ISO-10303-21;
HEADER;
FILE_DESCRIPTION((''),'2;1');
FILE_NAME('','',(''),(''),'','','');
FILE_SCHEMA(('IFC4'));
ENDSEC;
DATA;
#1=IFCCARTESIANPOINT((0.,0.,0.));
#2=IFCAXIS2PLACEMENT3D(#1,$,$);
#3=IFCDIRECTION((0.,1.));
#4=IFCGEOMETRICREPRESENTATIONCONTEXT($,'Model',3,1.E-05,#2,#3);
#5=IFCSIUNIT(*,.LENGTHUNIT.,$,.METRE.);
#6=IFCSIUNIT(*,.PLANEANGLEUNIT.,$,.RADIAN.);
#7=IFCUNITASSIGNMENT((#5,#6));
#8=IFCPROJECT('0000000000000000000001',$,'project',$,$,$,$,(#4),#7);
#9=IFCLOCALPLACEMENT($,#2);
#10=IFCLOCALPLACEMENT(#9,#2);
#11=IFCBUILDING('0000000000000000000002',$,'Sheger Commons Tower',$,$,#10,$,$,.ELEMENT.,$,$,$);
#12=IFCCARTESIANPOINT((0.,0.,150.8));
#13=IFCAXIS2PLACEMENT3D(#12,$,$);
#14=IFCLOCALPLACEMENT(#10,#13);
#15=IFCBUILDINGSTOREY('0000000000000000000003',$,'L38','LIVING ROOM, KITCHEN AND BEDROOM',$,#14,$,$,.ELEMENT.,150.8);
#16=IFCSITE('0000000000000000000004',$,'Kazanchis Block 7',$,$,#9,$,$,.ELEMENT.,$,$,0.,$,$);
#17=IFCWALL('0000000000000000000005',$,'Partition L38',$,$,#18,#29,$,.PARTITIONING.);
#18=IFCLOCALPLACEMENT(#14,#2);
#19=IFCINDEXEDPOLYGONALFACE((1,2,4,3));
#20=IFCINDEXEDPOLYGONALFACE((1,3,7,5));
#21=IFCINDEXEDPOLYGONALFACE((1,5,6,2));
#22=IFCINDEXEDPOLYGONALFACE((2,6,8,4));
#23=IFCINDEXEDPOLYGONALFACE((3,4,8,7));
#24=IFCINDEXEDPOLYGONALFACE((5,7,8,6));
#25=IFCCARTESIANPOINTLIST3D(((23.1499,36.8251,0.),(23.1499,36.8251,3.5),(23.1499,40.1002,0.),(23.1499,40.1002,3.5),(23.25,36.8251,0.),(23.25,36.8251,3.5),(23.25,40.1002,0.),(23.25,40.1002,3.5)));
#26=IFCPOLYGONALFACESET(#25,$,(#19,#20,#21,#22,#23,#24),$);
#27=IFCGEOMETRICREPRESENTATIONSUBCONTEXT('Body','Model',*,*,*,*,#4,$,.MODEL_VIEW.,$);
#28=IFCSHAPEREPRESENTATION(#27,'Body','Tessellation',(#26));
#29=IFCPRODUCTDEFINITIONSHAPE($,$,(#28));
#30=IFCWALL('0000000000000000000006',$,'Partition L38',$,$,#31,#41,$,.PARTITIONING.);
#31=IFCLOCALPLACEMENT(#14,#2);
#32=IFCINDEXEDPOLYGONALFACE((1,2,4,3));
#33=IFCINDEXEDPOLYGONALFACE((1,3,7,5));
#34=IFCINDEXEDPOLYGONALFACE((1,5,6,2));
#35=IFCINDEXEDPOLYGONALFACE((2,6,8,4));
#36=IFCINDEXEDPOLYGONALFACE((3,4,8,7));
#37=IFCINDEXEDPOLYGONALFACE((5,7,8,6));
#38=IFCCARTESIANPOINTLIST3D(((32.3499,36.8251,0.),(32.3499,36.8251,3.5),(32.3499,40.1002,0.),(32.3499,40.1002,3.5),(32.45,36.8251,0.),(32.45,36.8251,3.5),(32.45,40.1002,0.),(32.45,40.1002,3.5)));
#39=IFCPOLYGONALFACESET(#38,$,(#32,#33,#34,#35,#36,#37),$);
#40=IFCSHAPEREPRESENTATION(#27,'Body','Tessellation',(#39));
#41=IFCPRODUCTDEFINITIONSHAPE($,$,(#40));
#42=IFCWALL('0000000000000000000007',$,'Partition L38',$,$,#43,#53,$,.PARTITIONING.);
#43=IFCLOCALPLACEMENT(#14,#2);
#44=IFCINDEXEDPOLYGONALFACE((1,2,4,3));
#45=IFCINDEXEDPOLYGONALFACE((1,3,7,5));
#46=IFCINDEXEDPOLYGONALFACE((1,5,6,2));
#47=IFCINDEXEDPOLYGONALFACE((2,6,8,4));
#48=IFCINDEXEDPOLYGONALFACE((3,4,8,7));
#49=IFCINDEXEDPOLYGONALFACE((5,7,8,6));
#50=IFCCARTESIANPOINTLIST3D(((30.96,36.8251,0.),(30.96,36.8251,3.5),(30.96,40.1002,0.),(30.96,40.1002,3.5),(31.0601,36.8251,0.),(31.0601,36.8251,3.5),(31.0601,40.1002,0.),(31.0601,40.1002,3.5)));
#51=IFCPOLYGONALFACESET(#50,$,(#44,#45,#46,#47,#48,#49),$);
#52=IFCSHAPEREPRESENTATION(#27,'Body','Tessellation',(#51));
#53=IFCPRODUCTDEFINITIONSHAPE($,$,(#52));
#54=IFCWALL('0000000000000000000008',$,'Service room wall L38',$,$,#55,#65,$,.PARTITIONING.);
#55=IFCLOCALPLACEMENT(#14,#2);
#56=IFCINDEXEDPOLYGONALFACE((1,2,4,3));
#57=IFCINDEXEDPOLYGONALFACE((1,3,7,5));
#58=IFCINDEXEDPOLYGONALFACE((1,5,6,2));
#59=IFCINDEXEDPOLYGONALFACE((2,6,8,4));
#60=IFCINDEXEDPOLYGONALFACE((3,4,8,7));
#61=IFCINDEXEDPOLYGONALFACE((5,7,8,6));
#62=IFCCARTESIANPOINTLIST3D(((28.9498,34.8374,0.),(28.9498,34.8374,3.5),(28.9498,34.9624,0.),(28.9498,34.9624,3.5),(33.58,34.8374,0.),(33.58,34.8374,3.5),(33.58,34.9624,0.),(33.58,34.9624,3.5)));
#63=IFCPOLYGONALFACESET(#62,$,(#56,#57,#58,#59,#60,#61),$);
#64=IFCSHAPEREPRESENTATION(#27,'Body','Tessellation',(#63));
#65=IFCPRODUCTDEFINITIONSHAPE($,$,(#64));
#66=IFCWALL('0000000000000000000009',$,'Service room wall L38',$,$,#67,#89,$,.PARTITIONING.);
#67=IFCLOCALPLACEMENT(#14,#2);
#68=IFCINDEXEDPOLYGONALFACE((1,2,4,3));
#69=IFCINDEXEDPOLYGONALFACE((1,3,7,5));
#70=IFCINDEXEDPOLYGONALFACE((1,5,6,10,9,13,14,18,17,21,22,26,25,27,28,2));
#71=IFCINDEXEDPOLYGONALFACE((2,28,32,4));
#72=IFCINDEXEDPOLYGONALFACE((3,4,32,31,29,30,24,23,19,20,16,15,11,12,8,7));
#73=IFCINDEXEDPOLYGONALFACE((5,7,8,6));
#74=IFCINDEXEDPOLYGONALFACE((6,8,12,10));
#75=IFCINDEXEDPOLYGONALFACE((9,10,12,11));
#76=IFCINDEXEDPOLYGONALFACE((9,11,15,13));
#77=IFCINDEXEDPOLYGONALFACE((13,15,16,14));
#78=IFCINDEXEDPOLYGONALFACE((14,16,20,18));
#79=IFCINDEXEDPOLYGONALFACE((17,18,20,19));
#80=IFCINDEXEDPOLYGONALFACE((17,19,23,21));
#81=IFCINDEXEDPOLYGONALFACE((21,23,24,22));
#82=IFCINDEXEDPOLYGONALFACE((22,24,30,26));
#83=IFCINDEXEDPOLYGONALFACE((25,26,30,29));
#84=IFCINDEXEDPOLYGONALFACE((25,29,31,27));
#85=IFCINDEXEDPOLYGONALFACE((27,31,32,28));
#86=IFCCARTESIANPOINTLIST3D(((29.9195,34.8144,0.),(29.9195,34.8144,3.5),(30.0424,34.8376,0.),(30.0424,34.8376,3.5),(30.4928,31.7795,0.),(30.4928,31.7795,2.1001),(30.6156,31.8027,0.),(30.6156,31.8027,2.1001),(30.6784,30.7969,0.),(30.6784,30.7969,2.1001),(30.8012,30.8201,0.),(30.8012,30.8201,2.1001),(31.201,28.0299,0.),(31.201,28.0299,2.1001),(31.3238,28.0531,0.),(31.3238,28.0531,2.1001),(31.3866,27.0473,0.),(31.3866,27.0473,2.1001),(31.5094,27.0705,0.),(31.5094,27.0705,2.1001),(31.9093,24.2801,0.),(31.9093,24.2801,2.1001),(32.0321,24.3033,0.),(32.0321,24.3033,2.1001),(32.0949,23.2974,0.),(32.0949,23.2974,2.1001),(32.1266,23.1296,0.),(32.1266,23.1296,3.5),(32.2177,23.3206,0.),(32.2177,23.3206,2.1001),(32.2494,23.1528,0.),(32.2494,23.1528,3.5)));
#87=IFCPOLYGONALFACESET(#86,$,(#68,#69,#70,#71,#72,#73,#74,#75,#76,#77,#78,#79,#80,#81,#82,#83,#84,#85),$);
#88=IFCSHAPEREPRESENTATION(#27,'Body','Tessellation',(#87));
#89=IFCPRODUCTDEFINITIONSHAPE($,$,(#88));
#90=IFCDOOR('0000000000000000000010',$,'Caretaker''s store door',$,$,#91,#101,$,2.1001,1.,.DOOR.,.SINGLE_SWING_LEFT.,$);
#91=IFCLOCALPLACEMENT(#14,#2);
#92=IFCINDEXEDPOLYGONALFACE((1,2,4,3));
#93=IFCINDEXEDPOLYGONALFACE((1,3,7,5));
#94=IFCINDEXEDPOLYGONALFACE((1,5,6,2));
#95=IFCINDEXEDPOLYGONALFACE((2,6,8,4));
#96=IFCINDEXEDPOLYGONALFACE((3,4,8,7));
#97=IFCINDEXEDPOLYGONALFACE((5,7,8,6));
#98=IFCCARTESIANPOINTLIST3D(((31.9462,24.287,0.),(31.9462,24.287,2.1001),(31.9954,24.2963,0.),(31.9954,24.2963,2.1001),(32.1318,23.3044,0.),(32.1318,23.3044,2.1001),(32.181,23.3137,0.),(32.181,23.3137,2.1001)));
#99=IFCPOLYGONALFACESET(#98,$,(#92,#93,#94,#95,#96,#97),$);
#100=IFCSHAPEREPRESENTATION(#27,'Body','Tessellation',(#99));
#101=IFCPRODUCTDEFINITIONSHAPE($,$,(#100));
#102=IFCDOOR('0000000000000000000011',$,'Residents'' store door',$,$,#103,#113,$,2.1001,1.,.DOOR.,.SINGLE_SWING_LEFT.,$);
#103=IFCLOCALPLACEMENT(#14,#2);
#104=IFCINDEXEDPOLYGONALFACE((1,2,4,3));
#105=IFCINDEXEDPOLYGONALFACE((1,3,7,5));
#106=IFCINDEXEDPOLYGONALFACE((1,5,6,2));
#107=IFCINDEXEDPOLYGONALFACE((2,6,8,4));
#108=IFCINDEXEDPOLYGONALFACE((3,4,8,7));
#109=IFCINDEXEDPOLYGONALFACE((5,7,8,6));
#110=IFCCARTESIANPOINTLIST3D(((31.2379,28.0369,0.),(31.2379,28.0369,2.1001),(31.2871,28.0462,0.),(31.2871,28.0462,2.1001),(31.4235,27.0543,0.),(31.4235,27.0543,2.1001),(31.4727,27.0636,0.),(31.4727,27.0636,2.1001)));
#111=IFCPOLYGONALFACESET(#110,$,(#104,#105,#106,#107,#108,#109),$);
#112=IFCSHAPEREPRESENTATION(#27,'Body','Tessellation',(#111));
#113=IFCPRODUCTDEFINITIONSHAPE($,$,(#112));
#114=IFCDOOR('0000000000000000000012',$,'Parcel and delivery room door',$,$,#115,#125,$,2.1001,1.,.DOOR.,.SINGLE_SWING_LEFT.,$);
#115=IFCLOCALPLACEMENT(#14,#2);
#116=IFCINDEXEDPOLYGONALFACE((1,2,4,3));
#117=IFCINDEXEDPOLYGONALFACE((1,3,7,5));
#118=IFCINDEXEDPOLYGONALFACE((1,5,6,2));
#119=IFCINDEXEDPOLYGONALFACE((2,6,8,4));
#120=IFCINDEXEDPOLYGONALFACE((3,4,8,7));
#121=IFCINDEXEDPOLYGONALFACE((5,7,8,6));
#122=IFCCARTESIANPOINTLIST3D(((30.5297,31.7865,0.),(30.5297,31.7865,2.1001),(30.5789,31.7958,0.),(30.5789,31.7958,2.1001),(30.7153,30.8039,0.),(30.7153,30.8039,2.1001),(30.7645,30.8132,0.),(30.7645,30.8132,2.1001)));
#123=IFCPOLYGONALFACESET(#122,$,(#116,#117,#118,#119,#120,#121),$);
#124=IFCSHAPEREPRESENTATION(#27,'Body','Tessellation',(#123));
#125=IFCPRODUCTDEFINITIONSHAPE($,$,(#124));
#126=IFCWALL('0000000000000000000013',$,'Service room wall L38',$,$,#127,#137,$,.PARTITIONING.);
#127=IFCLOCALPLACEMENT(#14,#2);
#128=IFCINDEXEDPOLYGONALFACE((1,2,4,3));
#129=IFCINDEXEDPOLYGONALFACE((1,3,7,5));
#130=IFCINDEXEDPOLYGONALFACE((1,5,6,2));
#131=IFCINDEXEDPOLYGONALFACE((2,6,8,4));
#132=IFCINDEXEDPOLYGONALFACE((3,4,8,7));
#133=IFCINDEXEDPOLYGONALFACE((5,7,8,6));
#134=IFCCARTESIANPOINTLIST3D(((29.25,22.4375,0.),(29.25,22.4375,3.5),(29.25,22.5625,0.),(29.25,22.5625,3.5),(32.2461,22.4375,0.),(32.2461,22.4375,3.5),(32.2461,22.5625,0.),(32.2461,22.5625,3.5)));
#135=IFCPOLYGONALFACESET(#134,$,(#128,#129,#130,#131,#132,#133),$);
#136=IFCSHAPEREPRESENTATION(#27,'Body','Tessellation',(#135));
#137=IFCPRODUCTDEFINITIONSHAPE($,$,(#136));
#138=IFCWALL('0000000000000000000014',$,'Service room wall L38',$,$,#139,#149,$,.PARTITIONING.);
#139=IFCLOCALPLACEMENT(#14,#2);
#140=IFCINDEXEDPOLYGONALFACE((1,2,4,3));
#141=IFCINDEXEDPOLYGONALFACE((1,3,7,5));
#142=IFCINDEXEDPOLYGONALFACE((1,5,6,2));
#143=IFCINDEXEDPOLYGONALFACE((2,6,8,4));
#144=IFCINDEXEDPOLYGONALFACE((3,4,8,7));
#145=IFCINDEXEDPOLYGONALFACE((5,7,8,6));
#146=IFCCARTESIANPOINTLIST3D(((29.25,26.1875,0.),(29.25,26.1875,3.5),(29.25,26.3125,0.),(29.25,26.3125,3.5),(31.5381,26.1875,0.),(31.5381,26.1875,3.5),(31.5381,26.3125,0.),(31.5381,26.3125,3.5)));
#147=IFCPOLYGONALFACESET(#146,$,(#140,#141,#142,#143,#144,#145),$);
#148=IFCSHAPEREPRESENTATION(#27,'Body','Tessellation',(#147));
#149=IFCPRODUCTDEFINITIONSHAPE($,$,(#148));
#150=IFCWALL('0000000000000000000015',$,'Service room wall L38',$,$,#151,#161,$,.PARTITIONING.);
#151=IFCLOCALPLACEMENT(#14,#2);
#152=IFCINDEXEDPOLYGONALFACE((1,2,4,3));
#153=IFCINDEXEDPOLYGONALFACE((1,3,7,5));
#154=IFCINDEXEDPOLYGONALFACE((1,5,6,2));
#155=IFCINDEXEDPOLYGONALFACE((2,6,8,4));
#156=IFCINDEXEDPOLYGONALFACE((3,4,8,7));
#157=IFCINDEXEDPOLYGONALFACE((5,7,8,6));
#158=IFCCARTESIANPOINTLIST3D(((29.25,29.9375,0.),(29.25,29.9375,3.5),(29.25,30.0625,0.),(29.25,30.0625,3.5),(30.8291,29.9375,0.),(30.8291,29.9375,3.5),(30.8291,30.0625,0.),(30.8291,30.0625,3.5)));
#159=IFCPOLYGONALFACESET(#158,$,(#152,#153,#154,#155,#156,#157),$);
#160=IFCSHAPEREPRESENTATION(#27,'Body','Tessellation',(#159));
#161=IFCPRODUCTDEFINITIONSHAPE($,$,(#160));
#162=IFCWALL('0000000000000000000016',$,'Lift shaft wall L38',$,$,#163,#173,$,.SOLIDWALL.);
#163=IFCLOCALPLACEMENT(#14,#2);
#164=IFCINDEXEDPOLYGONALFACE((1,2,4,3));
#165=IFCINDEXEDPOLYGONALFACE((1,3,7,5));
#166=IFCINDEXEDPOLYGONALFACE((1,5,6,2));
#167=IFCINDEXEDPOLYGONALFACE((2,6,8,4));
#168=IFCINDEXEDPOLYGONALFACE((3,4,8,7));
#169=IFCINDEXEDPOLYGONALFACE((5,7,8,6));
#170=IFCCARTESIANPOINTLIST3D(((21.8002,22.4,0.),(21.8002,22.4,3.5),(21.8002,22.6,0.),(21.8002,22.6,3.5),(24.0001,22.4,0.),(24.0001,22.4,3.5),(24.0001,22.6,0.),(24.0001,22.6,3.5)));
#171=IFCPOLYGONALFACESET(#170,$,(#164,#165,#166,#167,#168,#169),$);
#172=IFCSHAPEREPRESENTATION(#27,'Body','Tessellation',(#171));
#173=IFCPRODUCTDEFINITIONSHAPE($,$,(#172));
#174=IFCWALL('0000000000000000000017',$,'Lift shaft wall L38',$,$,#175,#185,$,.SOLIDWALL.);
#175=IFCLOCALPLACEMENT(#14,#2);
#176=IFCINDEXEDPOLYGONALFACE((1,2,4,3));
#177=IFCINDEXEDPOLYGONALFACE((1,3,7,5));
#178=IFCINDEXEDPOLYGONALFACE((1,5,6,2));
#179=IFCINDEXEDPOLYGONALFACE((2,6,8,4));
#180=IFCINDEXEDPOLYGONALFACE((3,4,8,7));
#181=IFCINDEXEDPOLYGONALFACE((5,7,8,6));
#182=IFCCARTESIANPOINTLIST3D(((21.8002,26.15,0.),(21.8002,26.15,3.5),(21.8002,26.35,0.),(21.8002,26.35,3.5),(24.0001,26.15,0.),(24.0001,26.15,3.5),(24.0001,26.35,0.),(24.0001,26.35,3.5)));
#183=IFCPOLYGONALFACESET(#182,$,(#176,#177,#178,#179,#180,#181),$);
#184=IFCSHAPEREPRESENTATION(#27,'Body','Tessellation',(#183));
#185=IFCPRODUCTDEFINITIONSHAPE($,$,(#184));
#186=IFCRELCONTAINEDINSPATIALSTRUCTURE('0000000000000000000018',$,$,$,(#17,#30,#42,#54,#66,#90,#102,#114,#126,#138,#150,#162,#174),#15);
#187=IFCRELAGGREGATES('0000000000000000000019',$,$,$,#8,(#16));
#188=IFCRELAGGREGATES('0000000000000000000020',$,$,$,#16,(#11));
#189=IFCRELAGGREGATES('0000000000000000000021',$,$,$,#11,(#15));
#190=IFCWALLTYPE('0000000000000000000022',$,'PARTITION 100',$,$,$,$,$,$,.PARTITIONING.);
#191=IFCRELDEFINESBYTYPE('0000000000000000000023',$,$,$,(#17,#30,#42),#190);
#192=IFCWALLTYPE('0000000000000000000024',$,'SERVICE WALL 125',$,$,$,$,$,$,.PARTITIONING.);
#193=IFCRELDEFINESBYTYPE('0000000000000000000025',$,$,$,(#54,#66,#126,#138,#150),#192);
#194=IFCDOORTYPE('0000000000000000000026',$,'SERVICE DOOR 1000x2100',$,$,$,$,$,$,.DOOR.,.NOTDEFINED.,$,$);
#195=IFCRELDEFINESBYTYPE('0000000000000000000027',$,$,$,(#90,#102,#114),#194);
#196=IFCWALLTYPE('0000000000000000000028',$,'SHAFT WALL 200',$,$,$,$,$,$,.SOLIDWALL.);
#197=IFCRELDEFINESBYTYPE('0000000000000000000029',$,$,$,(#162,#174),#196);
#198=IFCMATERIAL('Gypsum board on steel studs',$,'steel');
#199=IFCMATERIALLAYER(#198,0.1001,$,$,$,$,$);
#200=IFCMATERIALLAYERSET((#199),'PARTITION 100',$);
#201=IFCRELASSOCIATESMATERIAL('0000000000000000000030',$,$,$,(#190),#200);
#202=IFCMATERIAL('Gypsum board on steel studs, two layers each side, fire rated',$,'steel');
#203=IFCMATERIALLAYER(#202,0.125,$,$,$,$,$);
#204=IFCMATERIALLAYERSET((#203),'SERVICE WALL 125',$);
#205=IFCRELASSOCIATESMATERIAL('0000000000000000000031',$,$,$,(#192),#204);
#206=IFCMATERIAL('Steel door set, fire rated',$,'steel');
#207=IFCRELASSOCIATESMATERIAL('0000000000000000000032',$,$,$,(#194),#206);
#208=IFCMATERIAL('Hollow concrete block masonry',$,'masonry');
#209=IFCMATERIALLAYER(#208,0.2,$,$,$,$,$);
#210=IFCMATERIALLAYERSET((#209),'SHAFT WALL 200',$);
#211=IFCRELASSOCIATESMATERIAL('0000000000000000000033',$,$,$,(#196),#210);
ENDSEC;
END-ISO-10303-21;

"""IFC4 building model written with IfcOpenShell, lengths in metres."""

from ifc_helpers import new_model, si_unit, direction, frame, frame_2d, origin, place, context, subcontext, project, spatial, rectangle, extrude, material, layer, layer_set, type_object, element, fill, save


model = new_model("IFC4")

# Units and contexts
model_context = context("Model", 3, precision=1e-05, world=origin(), true_north=direction((0.0, 1.0)))
body_context = subcontext(model_context, "Body", "Model", "MODEL_VIEW")
ifc_project = project(units=[si_unit("LENGTHUNIT", "METRE"), si_unit("PLANEANGLEUNIT", "RADIAN")], contexts=[model_context])

# Site, building, storey
site_placement = place(None, origin())
site = spatial("IfcSite", under=ifc_project, at=site_placement, Name="Kazanchis Block 7", CompositionType="ELEMENT", RefElevation=0.0)
building_placement = place(site_placement, origin())
building = spatial("IfcBuilding", under=site, at=building_placement, Name="Sheger Commons Tower", CompositionType="ELEMENT")
storey_placement = place(building_placement, frame((0.0, 0.0, 150.8)))
storey = spatial("IfcBuildingStorey", under=building, at=storey_placement, Name="L38", Description="LIVING ROOM, KITCHEN AND BEDROOM", CompositionType="ELEMENT", Elevation=150.8)

# Walls
ifc_material_1 = material(Name="Gypsum board on steel studs", Category="steel")
ifc_layer_1 = layer(ifc_material_1, 0.1001)
ifc_layer_set_1 = layer_set([ifc_layer_1], Name="PARTITION 100")
wall_type_1 = type_object("IfcWallType", Name="PARTITION 100", PredefinedType="PARTITIONING", material=ifc_layer_set_1)
for number, where, z_axis, x_axis, name in (
    (1, (23.2, 36.825, 0.0), (0.0, 0.0, 1.0), (0.0, 1.0, 0.0), "Partition L38"),
    (2, (32.3999, 36.825, 0.0), (0.0, 0.0, 1.0), (0.0, 1.0, 0.0), "Partition L38"),
    (3, (31.01, 36.825, 0.0), (0.0, 0.0, 1.0), (0.0, 1.0, 0.0), "Partition L38"),
):
    element("IfcWall", number, at=place(storey_placement, frame(where, z_axis=z_axis, x_axis=x_axis)), inside=storey, type_object=wall_type_1, Name=name, PredefinedType="PARTITIONING", context=body_context, shape_type="SweptSolid", body=[
        extrude(rectangle(XDim=3.2751, YDim=0.1001, at=frame_2d((1.6377, 0.0))), origin(), (0.0, 0.0, 1.0), 3.5),
    ])
ifc_material_2 = material(Name="Gypsum board on steel studs, two layers each side, fire rated", Category="steel")
ifc_layer_2 = layer(ifc_material_2, 0.125)
ifc_layer_set_2 = layer_set([ifc_layer_2], Name="SERVICE WALL 125")
wall_type_2 = type_object("IfcWallType", Name="SERVICE WALL 125", PredefinedType="PARTITIONING", material=ifc_layer_set_2)
wall_1_placement = place(storey_placement, frame((28.95, 34.8999, 0.0), z_axis=(0.0, 0.0, 1.0), x_axis=(1.0, 0.0, 0.0)))
element("IfcWall", 4, at=wall_1_placement, inside=storey, type_object=wall_type_2, Name="Service room wall L38", PredefinedType="PARTITIONING", context=body_context, shape_type="SweptSolid", body=[
    extrude(rectangle(XDim=4.6301, YDim=0.125, at=frame_2d((2.3149, 0.0))), origin(), (0.0, 0.0, 1.0), 3.5),
])

# Wall, openings, doors
wall_2_placement = place(storey_placement, frame((32.188, 23.1411, 0.0), z_axis=(0.0, 0.0, 1.0), x_axis=(-0.185599, 0.982626, 0.0)))
wall_2 = element("IfcWall", 5, at=wall_2_placement, inside=storey, type_object=wall_type_2, Name="Service room wall L38", PredefinedType="PARTITIONING", context=body_context, shape_type="SweptSolid", body=[
    extrude(rectangle(XDim=11.8914, YDim=0.125, at=frame_2d((5.9458, 0.0))), origin(), (0.0, 0.0, 1.0), 3.5),
])
opening_1_placement = place(wall_2_placement, frame((0.1709, 0.0, 0.0)))
opening_1 = element("IfcOpeningElement", 6, at=opening_1_placement, cuts=wall_2, PredefinedType="OPENING", context=body_context, shape_type="SweptSolid", body=[
    extrude(rectangle(XDim=1.0, YDim=2.1001, at=frame_2d((0.5, 1.05))), frame((0.0, 0.0725, 0.0), z_axis=(0.0, -1.0, 0.0), x_axis=(1.0, 0.0, 0.0)), (0.0, 0.0, 1.0), 0.145),
])
opening_2_placement = place(wall_2_placement, frame((3.9871, 0.0, 0.0)))
opening_2 = element("IfcOpeningElement", 7, at=opening_2_placement, cuts=wall_2, PredefinedType="OPENING", context=body_context, shape_type="SweptSolid", body=[
    extrude(rectangle(XDim=1.0, YDim=2.1001, at=frame_2d((0.5, 1.05))), frame((0.0, 0.0725, 0.0), z_axis=(0.0, -1.0, 0.0), x_axis=(1.0, 0.0, 0.0)), (0.0, 0.0, 1.0), 0.145),
])
opening_3_placement = place(wall_2_placement, frame((7.803, 0.0, 0.0)))
opening_3 = element("IfcOpeningElement", 8, at=opening_3_placement, cuts=wall_2, PredefinedType="OPENING", context=body_context, shape_type="SweptSolid", body=[
    extrude(rectangle(XDim=1.0, YDim=2.1001, at=frame_2d((0.5, 1.05))), frame((0.0, 0.0725, 0.0), z_axis=(0.0, -1.0, 0.0), x_axis=(1.0, 0.0, 0.0)), (0.0, 0.0, 1.0), 0.145),
])
ifc_material_3 = material(Name="Steel door set, fire rated", Category="steel")
door_type_1 = type_object("IfcDoorType", Name="SERVICE DOOR 1000x2100", OperationType="NOTDEFINED", PredefinedType="DOOR", material=ifc_material_3)
door_1_placement = place(opening_1_placement, origin())
door_1 = element("IfcDoor", 9, at=door_1_placement, inside=storey, type_object=door_type_1, Name="Caretaker's store door", OperationType="SINGLE_SWING_LEFT", OverallHeight=2.1001, OverallWidth=1.0, PredefinedType="DOOR", context=body_context, shape_type="SweptSolid", body=[
    extrude(rectangle(XDim=1.0, YDim=2.1001, at=frame_2d((0.5, 1.05))), frame((0.0, 0.0249, 0.0), z_axis=(0.0, -1.0, 0.0), x_axis=(1.0, 0.0, 0.0)), (0.0, 0.0, 1.0), 0.05),
])
fill(opening_1, door_1)
door_2_placement = place(opening_2_placement, origin())
door_2 = element("IfcDoor", 10, at=door_2_placement, inside=storey, type_object=door_type_1, Name="Residents' store door", OperationType="SINGLE_SWING_LEFT", OverallHeight=2.1001, OverallWidth=1.0, PredefinedType="DOOR", context=body_context, shape_type="SweptSolid", body=[
    extrude(rectangle(XDim=1.0, YDim=2.1001, at=frame_2d((0.5, 1.05))), frame((0.0, 0.0249, 0.0), z_axis=(0.0, -1.0, 0.0), x_axis=(1.0, 0.0, 0.0)), (0.0, 0.0, 1.0), 0.05),
])
fill(opening_2, door_2)
door_3_placement = place(opening_3_placement, origin())
door_3 = element("IfcDoor", 11, at=door_3_placement, inside=storey, type_object=door_type_1, Name="Parcel and delivery room door", OperationType="SINGLE_SWING_LEFT", OverallHeight=2.1001, OverallWidth=1.0, PredefinedType="DOOR", context=body_context, shape_type="SweptSolid", body=[
    extrude(rectangle(XDim=1.0, YDim=2.1001, at=frame_2d((0.5, 1.05))), frame((0.0, 0.0249, 0.0), z_axis=(0.0, -1.0, 0.0), x_axis=(1.0, 0.0, 0.0)), (0.0, 0.0, 1.0), 0.05),
])
fill(opening_3, door_3)

# Walls
wall_3_placement = place(storey_placement, frame((29.25, 22.5, 0.0), z_axis=(0.0, 0.0, 1.0), x_axis=(1.0, 0.0, 0.0)))
element("IfcWall", 12, at=wall_3_placement, inside=storey, type_object=wall_type_2, Name="Service room wall L38", PredefinedType="PARTITIONING", context=body_context, shape_type="SweptSolid", body=[
    extrude(rectangle(XDim=2.9961, YDim=0.125, at=frame_2d((1.498, 0.0))), origin(), (0.0, 0.0, 1.0), 3.5),
])
wall_4_placement = place(storey_placement, frame((29.25, 26.25, 0.0), z_axis=(0.0, 0.0, 1.0), x_axis=(1.0, 0.0, 0.0)))
element("IfcWall", 13, at=wall_4_placement, inside=storey, type_object=wall_type_2, Name="Service room wall L38", PredefinedType="PARTITIONING", context=body_context, shape_type="SweptSolid", body=[
    extrude(rectangle(XDim=2.2881, YDim=0.125, at=frame_2d((1.144, 0.0))), origin(), (0.0, 0.0, 1.0), 3.5),
])
wall_5_placement = place(storey_placement, frame((29.25, 30.0, 0.0), z_axis=(0.0, 0.0, 1.0), x_axis=(1.0, 0.0, 0.0)))
element("IfcWall", 14, at=wall_5_placement, inside=storey, type_object=wall_type_2, Name="Service room wall L38", PredefinedType="PARTITIONING", context=body_context, shape_type="SweptSolid", body=[
    extrude(rectangle(XDim=1.5791, YDim=0.125, at=frame_2d((0.7896, 0.0))), origin(), (0.0, 0.0, 1.0), 3.5),
])
ifc_material_4 = material(Name="Hollow concrete block masonry", Category="masonry")
ifc_layer_3 = layer(ifc_material_4, 0.2)
ifc_layer_set_3 = layer_set([ifc_layer_3], Name="SHAFT WALL 200")
wall_type_3 = type_object("IfcWallType", Name="SHAFT WALL 200", PredefinedType="SOLIDWALL", material=ifc_layer_set_3)
for number, where, z_axis, x_axis, name in (
    (15, (21.8, 22.5, 0.0), (0.0, 0.0, 1.0), (1.0, 0.0, 0.0), "Lift shaft wall L38"),
    (16, (21.8, 26.25, 0.0), (0.0, 0.0, 1.0), (1.0, 0.0, 0.0), "Lift shaft wall L38"),
):
    element("IfcWall", number, at=place(storey_placement, frame(where, z_axis=z_axis, x_axis=x_axis)), inside=storey, type_object=wall_type_3, Name=name, PredefinedType="SOLIDWALL", context=body_context, shape_type="SweptSolid", body=[
        extrude(rectangle(XDim=2.2, YDim=0.2, at=frame_2d((1.1001, 0.0))), origin(), (0.0, 0.0, 1.0), 3.5),
    ])

save(model, "model.ifc")
